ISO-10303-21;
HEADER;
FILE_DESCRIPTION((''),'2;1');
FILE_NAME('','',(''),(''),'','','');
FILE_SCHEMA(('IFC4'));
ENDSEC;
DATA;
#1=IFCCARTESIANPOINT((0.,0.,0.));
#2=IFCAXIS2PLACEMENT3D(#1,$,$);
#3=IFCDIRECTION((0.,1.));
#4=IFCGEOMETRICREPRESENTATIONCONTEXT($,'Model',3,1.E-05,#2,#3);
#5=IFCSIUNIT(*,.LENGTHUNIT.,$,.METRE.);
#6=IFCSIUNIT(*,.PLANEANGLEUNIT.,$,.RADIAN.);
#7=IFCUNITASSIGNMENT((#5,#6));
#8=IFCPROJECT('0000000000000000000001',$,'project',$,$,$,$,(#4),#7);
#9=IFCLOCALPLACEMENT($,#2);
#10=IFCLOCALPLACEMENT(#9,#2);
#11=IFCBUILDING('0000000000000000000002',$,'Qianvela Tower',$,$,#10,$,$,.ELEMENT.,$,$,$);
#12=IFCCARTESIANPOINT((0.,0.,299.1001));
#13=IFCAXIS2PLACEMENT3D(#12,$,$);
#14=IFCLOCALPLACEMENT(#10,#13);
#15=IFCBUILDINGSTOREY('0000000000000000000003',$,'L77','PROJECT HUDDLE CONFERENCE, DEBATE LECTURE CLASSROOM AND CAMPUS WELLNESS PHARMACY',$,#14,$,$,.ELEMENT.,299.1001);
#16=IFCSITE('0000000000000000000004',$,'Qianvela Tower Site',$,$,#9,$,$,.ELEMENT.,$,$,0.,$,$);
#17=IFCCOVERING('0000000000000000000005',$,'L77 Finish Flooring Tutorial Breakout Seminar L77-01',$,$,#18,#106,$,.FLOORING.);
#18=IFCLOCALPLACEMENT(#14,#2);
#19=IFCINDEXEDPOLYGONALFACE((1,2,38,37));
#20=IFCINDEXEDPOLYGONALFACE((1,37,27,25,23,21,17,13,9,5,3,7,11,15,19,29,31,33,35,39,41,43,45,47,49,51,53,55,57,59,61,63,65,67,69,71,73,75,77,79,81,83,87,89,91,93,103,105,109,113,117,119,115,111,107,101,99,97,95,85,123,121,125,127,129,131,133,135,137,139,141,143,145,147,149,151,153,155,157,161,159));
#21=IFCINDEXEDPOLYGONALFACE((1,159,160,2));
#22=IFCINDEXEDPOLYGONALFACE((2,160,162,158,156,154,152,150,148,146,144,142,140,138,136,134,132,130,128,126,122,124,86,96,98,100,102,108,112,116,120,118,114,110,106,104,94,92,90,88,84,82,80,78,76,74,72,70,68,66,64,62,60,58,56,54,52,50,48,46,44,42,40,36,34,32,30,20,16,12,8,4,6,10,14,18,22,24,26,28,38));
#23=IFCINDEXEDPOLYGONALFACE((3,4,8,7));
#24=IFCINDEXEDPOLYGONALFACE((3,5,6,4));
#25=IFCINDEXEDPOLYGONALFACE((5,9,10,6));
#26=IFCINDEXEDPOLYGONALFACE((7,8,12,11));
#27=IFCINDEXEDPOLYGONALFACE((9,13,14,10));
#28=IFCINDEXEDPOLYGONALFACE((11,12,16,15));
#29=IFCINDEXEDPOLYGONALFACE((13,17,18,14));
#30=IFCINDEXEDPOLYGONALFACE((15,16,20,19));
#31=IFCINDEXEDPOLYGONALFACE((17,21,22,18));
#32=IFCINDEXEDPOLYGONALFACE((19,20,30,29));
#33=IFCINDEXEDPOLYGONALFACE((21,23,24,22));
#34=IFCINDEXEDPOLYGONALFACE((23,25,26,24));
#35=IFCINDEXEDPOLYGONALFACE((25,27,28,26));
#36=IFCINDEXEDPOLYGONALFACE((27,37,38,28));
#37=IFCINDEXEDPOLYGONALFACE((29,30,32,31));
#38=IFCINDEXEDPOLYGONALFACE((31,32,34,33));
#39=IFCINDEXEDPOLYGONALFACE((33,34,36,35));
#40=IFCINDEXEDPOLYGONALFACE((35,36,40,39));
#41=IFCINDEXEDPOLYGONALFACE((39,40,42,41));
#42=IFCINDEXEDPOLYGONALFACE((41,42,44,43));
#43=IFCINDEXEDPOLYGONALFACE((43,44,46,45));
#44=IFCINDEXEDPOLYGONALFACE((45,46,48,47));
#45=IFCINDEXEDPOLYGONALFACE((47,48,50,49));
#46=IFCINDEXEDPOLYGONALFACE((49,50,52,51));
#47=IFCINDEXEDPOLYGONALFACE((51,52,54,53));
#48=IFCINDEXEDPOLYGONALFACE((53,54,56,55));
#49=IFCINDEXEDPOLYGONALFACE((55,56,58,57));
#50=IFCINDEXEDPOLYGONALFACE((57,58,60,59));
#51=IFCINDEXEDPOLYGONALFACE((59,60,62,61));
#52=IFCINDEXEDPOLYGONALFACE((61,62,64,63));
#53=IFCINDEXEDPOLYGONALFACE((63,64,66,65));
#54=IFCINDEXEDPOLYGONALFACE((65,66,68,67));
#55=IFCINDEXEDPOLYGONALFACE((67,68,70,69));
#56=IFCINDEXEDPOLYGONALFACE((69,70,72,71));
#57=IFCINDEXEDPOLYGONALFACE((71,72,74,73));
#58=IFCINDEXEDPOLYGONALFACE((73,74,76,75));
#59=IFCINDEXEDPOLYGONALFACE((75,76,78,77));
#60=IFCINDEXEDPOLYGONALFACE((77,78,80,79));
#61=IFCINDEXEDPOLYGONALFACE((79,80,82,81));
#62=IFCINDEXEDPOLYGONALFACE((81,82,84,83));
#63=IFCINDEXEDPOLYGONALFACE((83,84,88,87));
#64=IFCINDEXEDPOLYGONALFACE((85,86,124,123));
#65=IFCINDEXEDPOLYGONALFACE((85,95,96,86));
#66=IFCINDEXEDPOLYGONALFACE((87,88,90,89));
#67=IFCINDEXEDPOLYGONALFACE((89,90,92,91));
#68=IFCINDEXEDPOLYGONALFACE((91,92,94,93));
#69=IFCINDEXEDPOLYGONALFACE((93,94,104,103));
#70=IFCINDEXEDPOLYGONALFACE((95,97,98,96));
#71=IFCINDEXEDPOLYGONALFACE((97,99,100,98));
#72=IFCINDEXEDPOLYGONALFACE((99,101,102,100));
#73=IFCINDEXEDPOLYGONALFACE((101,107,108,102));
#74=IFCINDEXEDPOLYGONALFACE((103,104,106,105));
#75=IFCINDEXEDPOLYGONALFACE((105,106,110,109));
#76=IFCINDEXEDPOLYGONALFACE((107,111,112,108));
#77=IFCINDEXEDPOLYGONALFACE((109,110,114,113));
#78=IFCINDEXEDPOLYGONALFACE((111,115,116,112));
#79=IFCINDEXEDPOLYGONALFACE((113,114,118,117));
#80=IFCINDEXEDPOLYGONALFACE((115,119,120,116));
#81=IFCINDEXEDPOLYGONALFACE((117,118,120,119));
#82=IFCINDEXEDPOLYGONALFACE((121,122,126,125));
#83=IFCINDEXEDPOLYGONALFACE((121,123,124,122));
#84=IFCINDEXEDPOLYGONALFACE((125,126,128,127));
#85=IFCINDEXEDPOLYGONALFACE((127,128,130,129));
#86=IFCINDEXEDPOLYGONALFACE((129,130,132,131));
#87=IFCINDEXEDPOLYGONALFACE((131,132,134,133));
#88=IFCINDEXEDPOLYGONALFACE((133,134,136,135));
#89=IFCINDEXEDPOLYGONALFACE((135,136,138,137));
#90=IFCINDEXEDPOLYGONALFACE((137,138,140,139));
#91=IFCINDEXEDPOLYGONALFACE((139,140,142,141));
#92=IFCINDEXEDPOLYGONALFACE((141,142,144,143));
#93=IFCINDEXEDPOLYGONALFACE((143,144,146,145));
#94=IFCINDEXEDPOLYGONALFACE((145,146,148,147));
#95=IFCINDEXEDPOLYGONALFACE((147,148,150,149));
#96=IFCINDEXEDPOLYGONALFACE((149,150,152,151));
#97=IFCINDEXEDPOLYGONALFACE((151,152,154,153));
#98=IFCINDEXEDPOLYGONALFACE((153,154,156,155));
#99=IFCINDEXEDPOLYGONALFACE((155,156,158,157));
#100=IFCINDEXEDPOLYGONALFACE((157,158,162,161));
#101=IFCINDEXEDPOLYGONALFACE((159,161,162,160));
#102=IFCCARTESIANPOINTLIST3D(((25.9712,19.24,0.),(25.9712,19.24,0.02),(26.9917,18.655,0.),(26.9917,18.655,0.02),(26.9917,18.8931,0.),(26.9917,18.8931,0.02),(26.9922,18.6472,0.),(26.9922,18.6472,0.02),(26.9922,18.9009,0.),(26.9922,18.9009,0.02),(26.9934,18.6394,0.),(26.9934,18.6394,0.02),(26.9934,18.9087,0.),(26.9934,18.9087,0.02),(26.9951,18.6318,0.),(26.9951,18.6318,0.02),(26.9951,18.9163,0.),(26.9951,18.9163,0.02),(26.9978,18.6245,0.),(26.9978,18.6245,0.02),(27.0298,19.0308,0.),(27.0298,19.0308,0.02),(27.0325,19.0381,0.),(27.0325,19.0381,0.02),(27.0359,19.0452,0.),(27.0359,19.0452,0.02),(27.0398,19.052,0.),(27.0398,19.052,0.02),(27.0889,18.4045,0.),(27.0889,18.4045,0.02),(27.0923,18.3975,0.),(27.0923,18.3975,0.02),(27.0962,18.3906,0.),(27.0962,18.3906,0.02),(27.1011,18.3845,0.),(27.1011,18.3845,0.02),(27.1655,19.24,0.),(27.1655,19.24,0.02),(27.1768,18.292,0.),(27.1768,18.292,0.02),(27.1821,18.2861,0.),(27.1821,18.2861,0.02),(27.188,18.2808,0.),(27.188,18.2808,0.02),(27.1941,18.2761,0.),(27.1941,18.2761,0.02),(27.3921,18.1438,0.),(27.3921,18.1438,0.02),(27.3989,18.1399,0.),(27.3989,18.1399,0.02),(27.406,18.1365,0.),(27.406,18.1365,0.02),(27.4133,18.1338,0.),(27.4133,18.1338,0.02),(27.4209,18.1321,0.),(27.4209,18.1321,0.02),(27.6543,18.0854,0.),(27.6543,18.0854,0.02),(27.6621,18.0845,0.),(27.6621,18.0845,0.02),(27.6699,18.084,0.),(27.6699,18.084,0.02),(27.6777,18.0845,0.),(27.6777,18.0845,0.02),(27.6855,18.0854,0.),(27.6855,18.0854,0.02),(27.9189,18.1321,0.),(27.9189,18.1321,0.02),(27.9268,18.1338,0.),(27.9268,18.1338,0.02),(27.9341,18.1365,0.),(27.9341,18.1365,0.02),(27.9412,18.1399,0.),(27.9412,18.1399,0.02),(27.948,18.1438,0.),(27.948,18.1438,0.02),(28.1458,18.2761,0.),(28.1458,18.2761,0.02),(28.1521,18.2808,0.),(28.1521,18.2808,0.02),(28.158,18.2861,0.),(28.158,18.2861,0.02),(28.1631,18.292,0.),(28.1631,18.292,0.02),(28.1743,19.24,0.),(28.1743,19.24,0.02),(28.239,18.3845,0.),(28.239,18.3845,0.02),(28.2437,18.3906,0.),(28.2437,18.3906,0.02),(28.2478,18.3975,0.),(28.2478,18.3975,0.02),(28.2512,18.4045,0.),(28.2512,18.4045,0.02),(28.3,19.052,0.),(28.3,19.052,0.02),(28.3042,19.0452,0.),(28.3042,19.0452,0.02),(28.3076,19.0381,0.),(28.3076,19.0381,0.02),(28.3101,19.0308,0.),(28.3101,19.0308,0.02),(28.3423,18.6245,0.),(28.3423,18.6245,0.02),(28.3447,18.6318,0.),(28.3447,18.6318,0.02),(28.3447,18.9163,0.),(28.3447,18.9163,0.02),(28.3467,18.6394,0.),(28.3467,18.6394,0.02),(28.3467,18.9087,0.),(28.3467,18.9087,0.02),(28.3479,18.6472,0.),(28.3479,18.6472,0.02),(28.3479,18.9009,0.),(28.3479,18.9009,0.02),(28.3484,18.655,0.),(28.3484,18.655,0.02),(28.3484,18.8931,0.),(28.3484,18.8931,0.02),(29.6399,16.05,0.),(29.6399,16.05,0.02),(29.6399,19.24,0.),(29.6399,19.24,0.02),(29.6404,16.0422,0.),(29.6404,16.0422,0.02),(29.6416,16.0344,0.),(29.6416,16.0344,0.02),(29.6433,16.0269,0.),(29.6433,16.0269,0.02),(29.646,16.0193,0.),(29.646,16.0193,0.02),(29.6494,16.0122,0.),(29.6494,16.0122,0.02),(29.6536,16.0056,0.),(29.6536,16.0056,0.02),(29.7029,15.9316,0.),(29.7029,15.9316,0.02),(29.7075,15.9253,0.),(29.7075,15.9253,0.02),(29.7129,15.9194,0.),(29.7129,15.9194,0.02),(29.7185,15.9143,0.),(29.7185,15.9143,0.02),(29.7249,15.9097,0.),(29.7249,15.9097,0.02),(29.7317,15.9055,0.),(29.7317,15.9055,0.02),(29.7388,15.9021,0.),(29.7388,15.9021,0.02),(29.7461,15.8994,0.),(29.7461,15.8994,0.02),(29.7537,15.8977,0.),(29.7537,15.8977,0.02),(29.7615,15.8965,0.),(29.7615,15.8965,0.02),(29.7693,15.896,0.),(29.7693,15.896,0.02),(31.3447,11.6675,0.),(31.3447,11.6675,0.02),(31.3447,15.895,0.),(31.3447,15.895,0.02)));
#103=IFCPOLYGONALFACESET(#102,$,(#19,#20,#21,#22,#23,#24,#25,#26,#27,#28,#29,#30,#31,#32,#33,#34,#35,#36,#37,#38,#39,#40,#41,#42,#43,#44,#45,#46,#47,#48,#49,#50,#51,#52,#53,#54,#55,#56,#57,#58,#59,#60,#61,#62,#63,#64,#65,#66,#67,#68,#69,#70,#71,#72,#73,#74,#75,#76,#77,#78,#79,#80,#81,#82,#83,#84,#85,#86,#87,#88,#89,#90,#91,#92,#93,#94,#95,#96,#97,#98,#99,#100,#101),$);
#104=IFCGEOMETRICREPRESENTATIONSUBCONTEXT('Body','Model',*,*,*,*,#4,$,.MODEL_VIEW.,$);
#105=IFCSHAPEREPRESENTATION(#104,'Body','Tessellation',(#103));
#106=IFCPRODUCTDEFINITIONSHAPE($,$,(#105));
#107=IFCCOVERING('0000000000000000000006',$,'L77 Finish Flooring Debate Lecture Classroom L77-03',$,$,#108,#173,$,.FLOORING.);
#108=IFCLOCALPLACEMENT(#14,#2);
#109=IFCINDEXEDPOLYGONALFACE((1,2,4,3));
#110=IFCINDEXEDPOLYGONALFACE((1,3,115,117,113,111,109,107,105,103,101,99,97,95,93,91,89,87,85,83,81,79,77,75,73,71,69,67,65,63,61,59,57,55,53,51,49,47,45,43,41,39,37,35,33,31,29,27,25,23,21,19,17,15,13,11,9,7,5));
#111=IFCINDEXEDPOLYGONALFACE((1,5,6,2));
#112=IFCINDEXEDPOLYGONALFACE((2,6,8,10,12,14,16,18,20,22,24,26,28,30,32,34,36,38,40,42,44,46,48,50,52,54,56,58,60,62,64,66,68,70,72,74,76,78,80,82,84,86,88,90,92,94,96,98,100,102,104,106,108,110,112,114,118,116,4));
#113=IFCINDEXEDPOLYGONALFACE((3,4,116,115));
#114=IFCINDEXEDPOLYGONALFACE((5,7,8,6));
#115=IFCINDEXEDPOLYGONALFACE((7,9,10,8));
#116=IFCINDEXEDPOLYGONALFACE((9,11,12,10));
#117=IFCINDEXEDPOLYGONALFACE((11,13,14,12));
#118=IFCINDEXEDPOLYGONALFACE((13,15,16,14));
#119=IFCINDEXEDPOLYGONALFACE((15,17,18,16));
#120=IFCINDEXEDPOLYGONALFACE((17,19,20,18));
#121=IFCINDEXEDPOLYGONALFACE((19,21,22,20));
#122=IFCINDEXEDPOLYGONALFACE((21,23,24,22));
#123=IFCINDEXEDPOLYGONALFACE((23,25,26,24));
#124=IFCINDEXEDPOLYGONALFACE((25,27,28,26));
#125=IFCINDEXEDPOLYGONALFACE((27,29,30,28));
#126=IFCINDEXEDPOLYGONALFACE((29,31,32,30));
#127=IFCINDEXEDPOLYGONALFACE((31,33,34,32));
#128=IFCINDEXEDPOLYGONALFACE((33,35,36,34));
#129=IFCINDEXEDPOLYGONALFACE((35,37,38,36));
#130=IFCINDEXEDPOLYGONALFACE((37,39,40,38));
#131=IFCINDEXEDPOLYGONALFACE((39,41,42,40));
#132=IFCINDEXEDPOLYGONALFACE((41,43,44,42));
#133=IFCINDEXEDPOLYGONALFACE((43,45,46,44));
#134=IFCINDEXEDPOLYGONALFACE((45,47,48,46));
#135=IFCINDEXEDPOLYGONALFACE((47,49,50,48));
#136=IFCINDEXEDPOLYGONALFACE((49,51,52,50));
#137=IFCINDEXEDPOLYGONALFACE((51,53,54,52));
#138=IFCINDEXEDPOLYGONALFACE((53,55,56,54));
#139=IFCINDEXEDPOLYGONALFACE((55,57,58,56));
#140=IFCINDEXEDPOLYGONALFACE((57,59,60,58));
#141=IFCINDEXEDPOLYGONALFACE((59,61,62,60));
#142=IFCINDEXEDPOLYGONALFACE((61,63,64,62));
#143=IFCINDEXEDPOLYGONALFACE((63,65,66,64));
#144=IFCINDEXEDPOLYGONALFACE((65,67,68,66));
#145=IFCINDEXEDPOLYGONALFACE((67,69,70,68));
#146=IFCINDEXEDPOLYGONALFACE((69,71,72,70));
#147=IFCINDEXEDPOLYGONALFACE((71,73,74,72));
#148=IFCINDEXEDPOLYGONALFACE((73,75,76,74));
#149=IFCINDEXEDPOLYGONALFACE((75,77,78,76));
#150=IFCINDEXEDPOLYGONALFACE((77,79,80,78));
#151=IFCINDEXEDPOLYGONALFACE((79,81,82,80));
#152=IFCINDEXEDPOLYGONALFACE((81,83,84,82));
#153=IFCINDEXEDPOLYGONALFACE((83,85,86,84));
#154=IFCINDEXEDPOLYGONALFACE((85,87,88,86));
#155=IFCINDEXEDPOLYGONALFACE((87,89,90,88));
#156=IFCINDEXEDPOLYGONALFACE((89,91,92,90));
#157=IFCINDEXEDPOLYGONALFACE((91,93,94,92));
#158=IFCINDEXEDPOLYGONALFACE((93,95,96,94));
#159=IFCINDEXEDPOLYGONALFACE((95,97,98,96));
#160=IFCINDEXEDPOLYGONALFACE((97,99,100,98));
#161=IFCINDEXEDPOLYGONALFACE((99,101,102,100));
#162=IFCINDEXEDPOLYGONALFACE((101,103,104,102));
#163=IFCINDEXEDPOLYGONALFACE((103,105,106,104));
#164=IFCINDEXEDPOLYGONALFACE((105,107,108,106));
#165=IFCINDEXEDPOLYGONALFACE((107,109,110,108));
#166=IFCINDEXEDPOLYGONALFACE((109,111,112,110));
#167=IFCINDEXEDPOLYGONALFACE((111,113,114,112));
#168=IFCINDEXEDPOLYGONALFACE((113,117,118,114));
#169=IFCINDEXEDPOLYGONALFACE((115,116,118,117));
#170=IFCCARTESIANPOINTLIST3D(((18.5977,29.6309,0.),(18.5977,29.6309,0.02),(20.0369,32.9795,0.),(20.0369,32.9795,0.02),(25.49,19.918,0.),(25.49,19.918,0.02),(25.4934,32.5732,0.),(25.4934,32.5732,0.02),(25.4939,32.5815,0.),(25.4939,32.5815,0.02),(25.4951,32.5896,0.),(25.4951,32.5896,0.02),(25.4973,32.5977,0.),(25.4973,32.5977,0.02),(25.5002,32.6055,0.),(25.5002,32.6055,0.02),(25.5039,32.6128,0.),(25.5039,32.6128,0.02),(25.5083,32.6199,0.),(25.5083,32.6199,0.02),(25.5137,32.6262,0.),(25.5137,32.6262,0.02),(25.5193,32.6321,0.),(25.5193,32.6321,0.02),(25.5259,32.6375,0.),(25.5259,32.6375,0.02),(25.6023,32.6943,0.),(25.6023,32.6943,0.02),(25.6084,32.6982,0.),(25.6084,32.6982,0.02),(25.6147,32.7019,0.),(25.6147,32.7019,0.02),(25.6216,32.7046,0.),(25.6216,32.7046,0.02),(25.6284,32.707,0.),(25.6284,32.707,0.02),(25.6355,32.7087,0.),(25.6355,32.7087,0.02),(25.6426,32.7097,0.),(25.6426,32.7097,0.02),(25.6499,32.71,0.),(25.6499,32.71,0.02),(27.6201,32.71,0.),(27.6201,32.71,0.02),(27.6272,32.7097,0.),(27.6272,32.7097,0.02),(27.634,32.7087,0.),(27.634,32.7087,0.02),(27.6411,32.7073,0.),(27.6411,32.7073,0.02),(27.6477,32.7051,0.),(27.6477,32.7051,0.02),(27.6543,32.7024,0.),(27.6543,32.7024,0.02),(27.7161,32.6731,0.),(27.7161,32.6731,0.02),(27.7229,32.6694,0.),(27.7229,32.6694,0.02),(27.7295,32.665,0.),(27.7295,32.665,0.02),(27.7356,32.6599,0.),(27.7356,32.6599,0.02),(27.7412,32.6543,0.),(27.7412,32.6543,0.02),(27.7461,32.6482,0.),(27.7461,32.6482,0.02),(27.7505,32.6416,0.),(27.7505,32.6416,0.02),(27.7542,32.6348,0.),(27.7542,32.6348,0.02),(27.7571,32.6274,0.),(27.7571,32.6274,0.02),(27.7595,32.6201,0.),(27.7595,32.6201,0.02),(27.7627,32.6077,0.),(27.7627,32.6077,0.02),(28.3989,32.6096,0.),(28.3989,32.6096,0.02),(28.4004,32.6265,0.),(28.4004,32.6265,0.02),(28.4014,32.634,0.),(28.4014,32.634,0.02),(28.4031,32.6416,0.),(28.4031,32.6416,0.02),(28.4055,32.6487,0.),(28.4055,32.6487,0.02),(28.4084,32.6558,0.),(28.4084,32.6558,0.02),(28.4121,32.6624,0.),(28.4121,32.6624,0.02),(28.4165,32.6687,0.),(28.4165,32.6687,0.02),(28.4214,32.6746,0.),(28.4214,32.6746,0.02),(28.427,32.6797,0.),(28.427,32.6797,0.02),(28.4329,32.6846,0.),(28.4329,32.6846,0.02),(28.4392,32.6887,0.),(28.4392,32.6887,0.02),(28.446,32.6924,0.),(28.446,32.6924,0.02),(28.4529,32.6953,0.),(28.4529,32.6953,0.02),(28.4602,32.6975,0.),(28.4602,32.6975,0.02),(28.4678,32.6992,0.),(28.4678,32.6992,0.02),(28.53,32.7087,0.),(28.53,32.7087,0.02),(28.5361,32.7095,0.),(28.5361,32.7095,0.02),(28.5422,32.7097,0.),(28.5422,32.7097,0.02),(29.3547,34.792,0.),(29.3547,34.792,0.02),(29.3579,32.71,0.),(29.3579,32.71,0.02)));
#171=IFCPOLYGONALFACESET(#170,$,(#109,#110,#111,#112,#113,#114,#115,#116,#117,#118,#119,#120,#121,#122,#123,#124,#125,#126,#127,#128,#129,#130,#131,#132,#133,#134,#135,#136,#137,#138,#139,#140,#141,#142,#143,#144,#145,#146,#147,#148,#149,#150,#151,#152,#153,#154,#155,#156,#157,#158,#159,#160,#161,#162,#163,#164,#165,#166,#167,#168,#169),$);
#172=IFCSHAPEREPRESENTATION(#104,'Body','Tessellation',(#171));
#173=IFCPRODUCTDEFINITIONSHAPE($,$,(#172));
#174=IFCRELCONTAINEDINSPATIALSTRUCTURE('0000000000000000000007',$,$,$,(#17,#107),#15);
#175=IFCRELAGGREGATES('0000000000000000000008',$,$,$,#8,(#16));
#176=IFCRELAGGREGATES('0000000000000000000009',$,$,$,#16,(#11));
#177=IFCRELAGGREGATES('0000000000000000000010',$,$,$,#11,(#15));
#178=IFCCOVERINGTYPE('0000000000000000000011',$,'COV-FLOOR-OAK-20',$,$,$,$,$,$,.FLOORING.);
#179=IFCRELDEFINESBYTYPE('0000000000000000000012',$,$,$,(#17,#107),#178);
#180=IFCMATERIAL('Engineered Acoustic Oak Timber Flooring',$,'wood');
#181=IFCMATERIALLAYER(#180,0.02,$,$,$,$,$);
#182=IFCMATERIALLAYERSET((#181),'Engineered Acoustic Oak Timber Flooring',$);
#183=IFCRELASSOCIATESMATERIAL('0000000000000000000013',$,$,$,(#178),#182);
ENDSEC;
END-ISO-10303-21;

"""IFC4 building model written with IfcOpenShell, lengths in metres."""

from ifc_helpers import new_model, si_unit, direction, frame, origin, place, context, subcontext, project, spatial, polyline, outline, extrude, material, layer, layer_set, type_object, element, save


model = new_model("IFC4")

# Units and contexts
model_context = context("Model", 3, precision=1e-05, world=origin(), true_north=direction((0.0, 1.0)))
body_context = subcontext(model_context, "Body", "Model", "MODEL_VIEW")
ifc_project = project(units=[si_unit("LENGTHUNIT", "METRE"), si_unit("PLANEANGLEUNIT", "RADIAN")], contexts=[model_context])

# Site, building, storey
site_placement = place(None, origin())
site = spatial("IfcSite", under=ifc_project, at=site_placement, Name="Qianvela Tower Site", CompositionType="ELEMENT", RefElevation=0.0)
building_placement = place(site_placement, origin())
building = spatial("IfcBuilding", under=site, at=building_placement, Name="Qianvela Tower", CompositionType="ELEMENT")
storey_placement = place(building_placement, frame((0.0, 0.0, 299.1001)))
storey = spatial("IfcBuildingStorey", under=building, at=storey_placement, Name="L77", Description="PROJECT HUDDLE CONFERENCE, DEBATE LECTURE CLASSROOM AND CAMPUS WELLNESS PHARMACY", CompositionType="ELEMENT", Elevation=299.1001)

# Coverings
ifc_material_1 = material(Name="Engineered Acoustic Oak Timber Flooring", Category="wood")
ifc_layer_1 = layer(ifc_material_1, 0.02)
ifc_layer_set_1 = layer_set([ifc_layer_1], Name="Engineered Acoustic Oak Timber Flooring")
covering_type_1 = type_object("IfcCoveringType", Name="COV-FLOOR-OAK-20", PredefinedType="FLOORING", material=ifc_layer_set_1)
covering_1_placement = place(storey_placement, origin())
element("IfcCovering", 1, at=covering_1_placement, inside=storey, type_object=covering_type_1, Name="L77 Finish Flooring Tutorial Breakout Seminar L77-01", PredefinedType="FLOORING", context=body_context, shape_type="SweptSolid", body=[
    extrude(outline(polyline([(27.1655, 19.24), (27.0398, 19.052), (27.0359, 19.0452), (27.0325, 19.0381), (27.0298, 19.0308), (26.9951, 18.9163), (26.9934, 18.9087), (26.9922, 18.9009), (26.9917, 18.8931), (26.9917, 18.655), (26.9922, 18.6472), (26.9934, 18.6394), (26.9951, 18.6318), (26.9978, 18.6245), (27.0889, 18.4045), (27.0923, 18.3975), (27.0962, 18.3906), (27.1011, 18.3845), (27.1768, 18.292), (27.1821, 18.2861), (27.188, 18.2808), (27.1941, 18.2761), (27.3921, 18.1438), (27.3989, 18.1399), (27.406, 18.1365), (27.4133, 18.1338), (27.4209, 18.1321), (27.6543, 18.0854), (27.6621, 18.0845), (27.6699, 18.084), (27.6777, 18.0845), (27.6855, 18.0854), (27.9189, 18.1321), (27.9268, 18.1338), (27.9341, 18.1365), (27.9412, 18.1399), (27.948, 18.1438), (28.1458, 18.2761), (28.1521, 18.2808), (28.158, 18.2861), (28.1631, 18.292), (28.239, 18.3845), (28.2437, 18.3906), (28.2478, 18.3975), (28.2512, 18.4045), (28.3423, 18.6245), (28.3447, 18.6318), (28.3467, 18.6394), (28.3479, 18.6472), (28.3484, 18.655), (28.3484, 18.8931), (28.3479, 18.9009), (28.3467, 18.9087), (28.3447, 18.9163), (28.3101, 19.0308), (28.3076, 19.0381), (28.3042, 19.0452), (28.3, 19.052), (28.1743, 19.24), (29.6399, 19.24), (29.6399, 16.05), (29.6404, 16.0422), (29.6416, 16.0344), (29.6433, 16.0269), (29.646, 16.0193), (29.6494, 16.0122), (29.6536, 16.0056), (29.7029, 15.9316), (29.7075, 15.9253), (29.7129, 15.9194), (29.7185, 15.9143), (29.7249, 15.9097), (29.7317, 15.9055), (29.7388, 15.9021), (29.7461, 15.8994), (29.7537, 15.8977), (29.7615, 15.8965), (29.7693, 15.896), (31.3447, 15.895), (31.3447, 11.6675), (25.9712, 19.24), (27.1655, 19.24)])), origin(), (0.0, 0.0, 1.0), 0.02),
])
covering_2_placement = place(storey_placement, origin())
element("IfcCovering", 2, at=covering_2_placement, inside=storey, type_object=covering_type_1, Name="L77 Finish Flooring Debate Lecture Classroom L77-03", PredefinedType="FLOORING", context=body_context, shape_type="SweptSolid", body=[
    extrude(outline(polyline([(20.0369, 32.9795), (29.3547, 34.792), (29.3579, 32.71), (28.5422, 32.7097), (28.5361, 32.7095), (28.53, 32.7087), (28.4678, 32.6992), (28.4602, 32.6975), (28.4529, 32.6953), (28.446, 32.6924), (28.4392, 32.6887), (28.4329, 32.6846), (28.427, 32.6797), (28.4214, 32.6746), (28.4165, 32.6687), (28.4121, 32.6624), (28.4084, 32.6558), (28.4055, 32.6487), (28.4031, 32.6416), (28.4014, 32.634), (28.4004, 32.6265), (28.3989, 32.6096), (27.7627, 32.6077), (27.7595, 32.6201), (27.7571, 32.6274), (27.7542, 32.6348), (27.7505, 32.6416), (27.7461, 32.6482), (27.7412, 32.6543), (27.7356, 32.6599), (27.7295, 32.665), (27.7229, 32.6694), (27.7161, 32.6731), (27.6543, 32.7024), (27.6477, 32.7051), (27.6411, 32.7073), (27.634, 32.7087), (27.6272, 32.7097), (27.6201, 32.71), (25.6499, 32.71), (25.6426, 32.7097), (25.6355, 32.7087), (25.6284, 32.707), (25.6216, 32.7046), (25.6147, 32.7019), (25.6084, 32.6982), (25.6023, 32.6943), (25.5259, 32.6375), (25.5193, 32.6321), (25.5137, 32.6262), (25.5083, 32.6199), (25.5039, 32.6128), (25.5002, 32.6055), (25.4973, 32.5977), (25.4951, 32.5896), (25.4939, 32.5815), (25.4934, 32.5732), (25.49, 19.918), (18.5977, 29.6309), (20.0369, 32.9795)])), origin(), (0.0, 0.0, 1.0), 0.02),
])

save(model, "model.ifc")
